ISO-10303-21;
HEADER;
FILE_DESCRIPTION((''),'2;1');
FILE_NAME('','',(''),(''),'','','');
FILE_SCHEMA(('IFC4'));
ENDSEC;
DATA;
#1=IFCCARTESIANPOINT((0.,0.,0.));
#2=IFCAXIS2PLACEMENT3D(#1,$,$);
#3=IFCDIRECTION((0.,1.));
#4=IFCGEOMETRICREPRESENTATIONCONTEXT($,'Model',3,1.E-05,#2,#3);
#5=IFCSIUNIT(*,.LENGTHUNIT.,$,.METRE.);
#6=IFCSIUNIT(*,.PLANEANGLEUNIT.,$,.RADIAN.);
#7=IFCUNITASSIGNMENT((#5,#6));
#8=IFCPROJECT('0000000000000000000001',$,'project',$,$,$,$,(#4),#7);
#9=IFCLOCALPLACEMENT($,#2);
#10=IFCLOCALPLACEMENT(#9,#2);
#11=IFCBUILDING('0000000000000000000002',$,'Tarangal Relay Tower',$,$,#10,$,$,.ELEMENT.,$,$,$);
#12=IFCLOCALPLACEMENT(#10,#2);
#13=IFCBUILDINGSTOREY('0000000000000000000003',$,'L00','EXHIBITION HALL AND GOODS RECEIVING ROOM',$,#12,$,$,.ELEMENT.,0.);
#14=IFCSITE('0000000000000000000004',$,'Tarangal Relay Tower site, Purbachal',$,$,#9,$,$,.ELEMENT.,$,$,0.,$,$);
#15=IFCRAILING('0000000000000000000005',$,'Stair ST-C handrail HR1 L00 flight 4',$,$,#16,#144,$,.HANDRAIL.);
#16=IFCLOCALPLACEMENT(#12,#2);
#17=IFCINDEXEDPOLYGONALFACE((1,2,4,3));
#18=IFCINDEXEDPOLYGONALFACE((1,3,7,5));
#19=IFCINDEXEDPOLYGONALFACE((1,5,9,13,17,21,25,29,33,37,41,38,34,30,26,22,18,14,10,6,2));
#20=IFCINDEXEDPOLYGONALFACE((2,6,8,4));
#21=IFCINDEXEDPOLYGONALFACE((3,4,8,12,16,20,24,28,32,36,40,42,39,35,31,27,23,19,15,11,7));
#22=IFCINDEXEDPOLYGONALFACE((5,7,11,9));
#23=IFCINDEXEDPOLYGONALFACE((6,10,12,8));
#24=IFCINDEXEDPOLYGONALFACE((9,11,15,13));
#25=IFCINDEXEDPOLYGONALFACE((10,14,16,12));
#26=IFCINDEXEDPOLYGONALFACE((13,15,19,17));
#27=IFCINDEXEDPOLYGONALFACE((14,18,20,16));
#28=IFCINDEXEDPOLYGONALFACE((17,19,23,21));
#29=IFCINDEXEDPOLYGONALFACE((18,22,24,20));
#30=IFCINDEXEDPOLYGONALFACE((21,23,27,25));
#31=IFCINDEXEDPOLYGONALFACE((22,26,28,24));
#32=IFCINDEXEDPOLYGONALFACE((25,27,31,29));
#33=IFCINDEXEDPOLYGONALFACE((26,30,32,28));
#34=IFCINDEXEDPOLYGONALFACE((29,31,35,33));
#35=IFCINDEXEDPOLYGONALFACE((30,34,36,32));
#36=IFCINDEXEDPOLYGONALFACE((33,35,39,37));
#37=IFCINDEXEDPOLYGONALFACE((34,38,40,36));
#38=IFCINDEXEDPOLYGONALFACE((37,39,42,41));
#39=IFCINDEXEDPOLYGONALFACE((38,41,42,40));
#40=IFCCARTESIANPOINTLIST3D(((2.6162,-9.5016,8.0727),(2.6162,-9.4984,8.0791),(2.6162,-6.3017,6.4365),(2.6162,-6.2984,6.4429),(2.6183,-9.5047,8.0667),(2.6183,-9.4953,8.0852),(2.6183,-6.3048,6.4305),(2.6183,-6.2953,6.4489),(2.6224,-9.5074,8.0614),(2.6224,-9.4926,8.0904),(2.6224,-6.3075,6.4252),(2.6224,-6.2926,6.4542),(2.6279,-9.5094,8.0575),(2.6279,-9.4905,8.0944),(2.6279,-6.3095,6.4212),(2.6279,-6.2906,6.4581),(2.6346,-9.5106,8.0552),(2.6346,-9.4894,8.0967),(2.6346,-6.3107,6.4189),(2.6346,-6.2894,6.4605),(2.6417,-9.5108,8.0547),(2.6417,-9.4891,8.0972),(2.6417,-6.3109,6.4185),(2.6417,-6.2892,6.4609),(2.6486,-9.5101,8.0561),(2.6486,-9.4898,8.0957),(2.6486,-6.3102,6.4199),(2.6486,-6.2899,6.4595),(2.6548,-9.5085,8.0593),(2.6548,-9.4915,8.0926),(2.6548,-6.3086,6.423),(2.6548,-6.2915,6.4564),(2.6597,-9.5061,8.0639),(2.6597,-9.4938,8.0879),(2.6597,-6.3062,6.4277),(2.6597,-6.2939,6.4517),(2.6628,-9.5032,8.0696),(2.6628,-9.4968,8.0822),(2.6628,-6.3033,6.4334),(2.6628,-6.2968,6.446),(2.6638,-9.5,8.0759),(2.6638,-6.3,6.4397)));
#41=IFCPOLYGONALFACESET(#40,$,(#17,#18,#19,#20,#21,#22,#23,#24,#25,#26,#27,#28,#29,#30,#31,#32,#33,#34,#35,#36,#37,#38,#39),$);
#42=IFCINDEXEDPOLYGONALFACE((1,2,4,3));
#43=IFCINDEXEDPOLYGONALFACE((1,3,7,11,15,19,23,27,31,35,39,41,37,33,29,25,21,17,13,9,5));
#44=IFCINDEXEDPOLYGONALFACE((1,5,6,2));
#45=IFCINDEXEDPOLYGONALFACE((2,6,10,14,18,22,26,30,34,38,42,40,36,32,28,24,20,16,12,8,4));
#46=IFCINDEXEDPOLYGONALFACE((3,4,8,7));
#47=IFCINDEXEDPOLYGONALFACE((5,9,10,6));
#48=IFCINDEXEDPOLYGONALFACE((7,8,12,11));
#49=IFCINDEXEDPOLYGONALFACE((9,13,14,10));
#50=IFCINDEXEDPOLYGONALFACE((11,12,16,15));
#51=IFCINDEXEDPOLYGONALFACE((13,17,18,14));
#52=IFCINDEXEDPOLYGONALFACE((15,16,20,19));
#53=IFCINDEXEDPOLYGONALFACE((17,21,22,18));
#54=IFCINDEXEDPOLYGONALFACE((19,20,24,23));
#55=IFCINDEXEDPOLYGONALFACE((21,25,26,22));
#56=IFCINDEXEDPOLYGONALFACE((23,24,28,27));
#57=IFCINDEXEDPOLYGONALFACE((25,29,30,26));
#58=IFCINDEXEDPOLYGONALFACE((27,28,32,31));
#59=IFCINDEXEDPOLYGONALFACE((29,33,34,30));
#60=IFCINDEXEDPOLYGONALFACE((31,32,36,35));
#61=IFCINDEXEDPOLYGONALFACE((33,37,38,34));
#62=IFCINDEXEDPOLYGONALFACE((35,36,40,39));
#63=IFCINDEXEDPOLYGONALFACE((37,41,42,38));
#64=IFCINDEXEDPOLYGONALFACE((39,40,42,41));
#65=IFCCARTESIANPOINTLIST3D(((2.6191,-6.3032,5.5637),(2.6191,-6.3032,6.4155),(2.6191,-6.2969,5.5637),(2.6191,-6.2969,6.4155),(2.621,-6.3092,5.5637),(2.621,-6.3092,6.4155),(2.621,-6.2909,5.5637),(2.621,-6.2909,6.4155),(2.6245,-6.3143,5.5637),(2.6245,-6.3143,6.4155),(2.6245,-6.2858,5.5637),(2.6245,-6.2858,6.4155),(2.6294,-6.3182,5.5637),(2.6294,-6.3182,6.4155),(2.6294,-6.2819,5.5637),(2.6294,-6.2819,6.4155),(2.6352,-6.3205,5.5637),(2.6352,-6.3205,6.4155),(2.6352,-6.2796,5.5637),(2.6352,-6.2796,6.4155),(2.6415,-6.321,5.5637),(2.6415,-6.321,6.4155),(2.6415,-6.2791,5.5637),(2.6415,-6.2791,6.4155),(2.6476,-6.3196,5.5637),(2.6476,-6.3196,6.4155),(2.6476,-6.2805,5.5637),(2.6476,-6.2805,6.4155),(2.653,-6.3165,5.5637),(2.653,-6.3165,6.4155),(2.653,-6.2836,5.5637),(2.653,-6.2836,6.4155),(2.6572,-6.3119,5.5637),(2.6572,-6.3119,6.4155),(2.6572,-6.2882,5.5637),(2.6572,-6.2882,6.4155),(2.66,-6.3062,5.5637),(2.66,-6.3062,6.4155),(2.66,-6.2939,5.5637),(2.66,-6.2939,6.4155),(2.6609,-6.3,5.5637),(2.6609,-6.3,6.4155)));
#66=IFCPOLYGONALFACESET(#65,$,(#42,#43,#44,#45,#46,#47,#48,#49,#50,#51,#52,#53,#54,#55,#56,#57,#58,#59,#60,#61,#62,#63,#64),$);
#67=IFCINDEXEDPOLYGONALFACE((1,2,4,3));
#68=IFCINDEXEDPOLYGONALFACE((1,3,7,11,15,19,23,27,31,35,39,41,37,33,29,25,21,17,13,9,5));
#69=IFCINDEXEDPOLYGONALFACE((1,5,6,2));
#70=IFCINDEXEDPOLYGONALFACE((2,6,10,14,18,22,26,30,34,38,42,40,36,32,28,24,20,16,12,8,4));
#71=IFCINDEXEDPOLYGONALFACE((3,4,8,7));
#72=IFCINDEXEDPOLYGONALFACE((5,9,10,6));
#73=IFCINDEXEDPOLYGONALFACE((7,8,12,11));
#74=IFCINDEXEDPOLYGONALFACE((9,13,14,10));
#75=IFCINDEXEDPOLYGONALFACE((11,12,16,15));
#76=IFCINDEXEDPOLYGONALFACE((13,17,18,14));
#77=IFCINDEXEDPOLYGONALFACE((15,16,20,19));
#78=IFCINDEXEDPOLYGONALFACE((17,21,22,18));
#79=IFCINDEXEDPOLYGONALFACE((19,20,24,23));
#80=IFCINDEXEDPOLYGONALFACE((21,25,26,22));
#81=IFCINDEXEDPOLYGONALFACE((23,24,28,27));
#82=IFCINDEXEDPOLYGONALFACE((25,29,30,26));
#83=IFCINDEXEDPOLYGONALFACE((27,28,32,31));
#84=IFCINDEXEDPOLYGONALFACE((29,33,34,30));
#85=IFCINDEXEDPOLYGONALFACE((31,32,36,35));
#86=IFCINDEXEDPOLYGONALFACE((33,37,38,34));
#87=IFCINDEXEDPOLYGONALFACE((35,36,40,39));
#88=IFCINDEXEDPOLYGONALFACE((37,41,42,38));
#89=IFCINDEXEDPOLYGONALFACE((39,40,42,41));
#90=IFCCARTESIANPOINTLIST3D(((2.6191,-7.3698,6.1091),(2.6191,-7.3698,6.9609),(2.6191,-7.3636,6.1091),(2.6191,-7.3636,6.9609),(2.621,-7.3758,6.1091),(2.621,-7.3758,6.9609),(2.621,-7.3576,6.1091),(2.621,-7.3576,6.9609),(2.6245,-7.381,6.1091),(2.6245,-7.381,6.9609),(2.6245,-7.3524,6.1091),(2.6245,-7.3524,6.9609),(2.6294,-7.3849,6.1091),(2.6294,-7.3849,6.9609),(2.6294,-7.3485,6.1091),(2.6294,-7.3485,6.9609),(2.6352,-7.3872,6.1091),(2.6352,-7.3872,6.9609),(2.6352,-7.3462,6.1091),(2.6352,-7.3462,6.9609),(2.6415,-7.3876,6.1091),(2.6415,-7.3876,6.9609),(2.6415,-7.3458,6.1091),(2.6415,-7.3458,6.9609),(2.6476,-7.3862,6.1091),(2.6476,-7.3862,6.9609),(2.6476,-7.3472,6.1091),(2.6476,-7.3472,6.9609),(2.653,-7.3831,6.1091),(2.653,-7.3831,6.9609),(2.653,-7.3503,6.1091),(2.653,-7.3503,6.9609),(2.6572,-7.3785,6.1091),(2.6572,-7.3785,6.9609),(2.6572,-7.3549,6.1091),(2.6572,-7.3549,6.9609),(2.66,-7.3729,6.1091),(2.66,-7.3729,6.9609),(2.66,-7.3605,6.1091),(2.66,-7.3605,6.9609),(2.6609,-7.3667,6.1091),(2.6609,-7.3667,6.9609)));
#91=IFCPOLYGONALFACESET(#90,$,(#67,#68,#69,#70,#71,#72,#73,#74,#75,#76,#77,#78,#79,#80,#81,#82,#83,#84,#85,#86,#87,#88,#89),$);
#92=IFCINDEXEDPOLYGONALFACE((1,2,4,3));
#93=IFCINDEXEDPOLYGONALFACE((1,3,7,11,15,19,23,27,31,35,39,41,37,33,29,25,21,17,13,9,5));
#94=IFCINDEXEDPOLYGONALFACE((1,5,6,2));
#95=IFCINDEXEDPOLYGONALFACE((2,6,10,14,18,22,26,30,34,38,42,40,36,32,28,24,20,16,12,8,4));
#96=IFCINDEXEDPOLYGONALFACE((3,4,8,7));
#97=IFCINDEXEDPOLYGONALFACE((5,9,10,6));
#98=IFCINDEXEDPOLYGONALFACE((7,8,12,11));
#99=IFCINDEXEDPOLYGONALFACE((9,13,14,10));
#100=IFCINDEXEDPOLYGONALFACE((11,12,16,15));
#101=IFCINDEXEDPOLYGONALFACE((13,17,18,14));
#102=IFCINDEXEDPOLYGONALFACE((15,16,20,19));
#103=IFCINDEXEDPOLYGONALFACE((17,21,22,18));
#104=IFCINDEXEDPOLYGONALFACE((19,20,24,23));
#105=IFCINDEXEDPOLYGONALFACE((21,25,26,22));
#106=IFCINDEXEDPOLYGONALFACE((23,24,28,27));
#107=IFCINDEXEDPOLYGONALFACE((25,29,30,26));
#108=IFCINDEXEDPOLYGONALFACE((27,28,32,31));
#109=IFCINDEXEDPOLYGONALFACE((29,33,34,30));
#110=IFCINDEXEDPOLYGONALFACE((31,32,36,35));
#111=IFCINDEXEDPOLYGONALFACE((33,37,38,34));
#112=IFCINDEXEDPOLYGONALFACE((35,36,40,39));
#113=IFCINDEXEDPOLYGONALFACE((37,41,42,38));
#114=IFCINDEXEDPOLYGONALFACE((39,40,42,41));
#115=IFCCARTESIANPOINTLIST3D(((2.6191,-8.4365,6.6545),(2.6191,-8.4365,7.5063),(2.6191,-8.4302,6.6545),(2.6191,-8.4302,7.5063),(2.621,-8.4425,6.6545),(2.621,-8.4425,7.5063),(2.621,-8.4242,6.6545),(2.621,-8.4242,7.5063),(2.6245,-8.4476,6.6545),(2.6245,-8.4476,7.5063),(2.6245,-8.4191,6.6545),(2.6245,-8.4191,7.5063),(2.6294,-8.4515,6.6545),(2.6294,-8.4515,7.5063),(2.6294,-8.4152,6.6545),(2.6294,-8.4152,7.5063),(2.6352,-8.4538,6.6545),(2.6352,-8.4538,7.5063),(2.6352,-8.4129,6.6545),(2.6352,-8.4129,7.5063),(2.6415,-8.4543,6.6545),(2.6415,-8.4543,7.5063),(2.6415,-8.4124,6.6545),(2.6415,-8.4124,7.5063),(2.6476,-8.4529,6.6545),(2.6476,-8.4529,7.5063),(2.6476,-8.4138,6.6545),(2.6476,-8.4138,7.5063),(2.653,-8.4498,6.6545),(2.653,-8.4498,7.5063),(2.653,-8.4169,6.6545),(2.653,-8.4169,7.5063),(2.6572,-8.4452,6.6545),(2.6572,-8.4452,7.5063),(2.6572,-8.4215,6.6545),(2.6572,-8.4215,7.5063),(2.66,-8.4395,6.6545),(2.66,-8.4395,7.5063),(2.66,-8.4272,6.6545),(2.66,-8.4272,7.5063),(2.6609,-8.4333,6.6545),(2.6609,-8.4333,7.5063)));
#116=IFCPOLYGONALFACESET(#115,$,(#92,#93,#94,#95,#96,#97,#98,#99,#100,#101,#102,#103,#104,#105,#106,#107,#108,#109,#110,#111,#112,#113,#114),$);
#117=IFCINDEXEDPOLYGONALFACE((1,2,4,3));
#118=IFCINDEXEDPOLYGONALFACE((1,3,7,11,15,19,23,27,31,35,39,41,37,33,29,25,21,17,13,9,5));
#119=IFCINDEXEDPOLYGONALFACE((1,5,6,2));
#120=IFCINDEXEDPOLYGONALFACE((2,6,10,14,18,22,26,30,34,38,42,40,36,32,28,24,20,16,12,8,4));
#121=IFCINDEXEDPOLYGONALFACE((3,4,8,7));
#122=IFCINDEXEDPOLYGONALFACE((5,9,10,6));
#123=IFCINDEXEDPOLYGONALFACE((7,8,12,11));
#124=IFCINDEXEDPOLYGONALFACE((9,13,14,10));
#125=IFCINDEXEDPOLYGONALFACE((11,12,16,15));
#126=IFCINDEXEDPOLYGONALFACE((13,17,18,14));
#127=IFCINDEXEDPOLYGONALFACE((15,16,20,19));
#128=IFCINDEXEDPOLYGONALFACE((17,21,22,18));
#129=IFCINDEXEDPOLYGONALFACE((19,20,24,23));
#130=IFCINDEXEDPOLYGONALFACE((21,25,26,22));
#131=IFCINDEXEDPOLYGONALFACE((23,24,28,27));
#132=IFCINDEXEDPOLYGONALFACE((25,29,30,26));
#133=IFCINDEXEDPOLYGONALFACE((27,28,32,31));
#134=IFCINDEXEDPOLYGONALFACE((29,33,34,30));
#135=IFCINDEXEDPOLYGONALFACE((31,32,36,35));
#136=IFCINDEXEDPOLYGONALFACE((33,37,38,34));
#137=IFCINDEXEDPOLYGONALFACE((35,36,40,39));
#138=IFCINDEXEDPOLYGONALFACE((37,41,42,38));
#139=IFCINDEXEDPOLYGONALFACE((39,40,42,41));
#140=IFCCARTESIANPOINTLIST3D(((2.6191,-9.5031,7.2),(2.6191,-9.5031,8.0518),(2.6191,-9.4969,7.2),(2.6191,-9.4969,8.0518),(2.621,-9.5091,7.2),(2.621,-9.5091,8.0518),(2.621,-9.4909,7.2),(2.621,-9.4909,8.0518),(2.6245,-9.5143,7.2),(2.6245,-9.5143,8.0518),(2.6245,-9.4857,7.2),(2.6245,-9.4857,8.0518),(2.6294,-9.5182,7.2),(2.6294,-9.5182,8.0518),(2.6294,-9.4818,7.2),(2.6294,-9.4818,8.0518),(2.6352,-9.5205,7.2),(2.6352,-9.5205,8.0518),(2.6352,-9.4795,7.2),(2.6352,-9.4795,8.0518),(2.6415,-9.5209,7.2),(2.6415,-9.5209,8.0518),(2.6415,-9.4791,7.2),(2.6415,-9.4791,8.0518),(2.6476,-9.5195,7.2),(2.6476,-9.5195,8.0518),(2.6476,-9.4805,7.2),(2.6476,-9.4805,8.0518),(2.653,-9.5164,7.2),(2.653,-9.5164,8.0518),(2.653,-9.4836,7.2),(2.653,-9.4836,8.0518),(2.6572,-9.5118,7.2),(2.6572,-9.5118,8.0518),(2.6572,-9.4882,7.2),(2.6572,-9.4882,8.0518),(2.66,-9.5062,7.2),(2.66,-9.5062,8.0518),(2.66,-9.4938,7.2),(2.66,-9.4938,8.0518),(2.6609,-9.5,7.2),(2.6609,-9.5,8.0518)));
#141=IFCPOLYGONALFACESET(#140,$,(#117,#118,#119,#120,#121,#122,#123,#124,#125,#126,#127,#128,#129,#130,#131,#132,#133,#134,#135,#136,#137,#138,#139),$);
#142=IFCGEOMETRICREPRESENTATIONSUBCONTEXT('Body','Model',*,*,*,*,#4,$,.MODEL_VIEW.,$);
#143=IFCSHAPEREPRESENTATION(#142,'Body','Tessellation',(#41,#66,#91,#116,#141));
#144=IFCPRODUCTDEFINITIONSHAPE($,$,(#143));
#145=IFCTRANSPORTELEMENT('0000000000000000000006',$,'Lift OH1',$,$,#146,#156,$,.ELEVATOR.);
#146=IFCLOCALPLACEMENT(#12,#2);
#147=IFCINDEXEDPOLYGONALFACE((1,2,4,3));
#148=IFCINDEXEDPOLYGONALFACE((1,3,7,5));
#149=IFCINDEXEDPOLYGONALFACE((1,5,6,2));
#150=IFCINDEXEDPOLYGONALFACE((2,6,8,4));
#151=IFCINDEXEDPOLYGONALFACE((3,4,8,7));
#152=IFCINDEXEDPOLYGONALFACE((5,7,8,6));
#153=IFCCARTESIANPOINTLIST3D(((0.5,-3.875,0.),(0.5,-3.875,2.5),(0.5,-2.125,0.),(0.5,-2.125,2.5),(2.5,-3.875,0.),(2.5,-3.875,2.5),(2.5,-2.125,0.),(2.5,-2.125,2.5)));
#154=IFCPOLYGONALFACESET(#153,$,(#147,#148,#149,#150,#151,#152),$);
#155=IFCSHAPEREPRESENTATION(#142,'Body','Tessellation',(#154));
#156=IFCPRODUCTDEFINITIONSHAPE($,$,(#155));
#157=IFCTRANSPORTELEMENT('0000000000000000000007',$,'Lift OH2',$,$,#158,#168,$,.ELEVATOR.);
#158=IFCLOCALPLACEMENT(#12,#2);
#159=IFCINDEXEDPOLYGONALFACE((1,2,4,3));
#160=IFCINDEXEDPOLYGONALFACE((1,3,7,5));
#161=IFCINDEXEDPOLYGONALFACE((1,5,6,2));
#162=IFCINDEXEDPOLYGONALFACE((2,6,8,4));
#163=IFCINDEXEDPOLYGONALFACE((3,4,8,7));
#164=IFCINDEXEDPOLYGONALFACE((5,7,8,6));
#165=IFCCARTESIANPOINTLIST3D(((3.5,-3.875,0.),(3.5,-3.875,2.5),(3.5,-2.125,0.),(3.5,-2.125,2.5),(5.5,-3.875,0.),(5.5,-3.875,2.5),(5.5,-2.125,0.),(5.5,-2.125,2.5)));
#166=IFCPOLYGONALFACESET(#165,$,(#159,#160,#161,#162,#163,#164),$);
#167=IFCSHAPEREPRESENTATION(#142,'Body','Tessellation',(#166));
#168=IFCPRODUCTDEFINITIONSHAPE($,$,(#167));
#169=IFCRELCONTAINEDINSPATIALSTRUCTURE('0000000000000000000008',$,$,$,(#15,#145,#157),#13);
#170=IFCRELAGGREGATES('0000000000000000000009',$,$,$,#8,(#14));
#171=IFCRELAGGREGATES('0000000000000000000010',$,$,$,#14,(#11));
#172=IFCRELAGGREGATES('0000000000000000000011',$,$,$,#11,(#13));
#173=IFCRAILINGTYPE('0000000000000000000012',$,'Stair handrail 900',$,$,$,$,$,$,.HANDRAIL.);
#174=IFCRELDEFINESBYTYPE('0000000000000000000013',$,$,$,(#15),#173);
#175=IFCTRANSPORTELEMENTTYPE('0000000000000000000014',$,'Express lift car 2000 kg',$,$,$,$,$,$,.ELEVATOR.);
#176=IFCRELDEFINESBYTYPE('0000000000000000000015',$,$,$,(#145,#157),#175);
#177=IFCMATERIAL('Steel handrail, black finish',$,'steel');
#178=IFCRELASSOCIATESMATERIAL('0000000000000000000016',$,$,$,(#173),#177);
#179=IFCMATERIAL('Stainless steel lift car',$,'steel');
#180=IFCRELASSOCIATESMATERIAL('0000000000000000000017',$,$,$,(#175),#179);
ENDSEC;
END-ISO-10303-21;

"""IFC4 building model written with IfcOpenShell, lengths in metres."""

from ifc_helpers import new_model, si_unit, direction, frame, origin, origin_2d, place, context, subcontext, project, spatial, rectangle, circle, extrude, material, type_object, element, save


model = new_model("IFC4")

# Units and contexts
model_context = context("Model", 3, precision=1e-05, world=origin(), true_north=direction((0.0, 1.0)))
body_context = subcontext(model_context, "Body", "Model", "MODEL_VIEW")
ifc_project = project(units=[si_unit("LENGTHUNIT", "METRE"), si_unit("PLANEANGLEUNIT", "RADIAN")], contexts=[model_context])

# Site, building, storey
site_placement = place(None, origin())
site = spatial("IfcSite", under=ifc_project, at=site_placement, Name="Tarangal Relay Tower site, Purbachal", CompositionType="ELEMENT", RefElevation=0.0)
building_placement = place(site_placement, origin())
building = spatial("IfcBuilding", under=site, at=building_placement, Name="Tarangal Relay Tower", CompositionType="ELEMENT")
storey_placement = place(building_placement, origin())
storey = spatial("IfcBuildingStorey", under=building, at=storey_placement, Name="L00", Description="EXHIBITION HALL AND GOODS RECEIVING ROOM", CompositionType="ELEMENT", Elevation=0.0)

# Railing
ifc_material_1 = material(Name="Steel handrail, black finish", Category="steel")
railing_type = type_object("IfcRailingType", Name="Stair handrail 900", PredefinedType="HANDRAIL", material=ifc_material_1)
railing_1_placement = place(storey_placement, frame((2.6399, -6.3, 5.5637)))
element("IfcRailing", 1, at=railing_1_placement, inside=storey, type_object=railing_type, Name="Stair ST-C handrail HR1 L00 flight 4", PredefinedType="HANDRAIL", context=body_context, shape_type="SweptSolid", body=[
    extrude(circle(Radius=0.0239, at=origin_2d()), frame((0.0, 0.0, 0.876), z_axis=(0.0, -0.890356, 0.455265), x_axis=(1.0, 0.0, 0.0)), (0.0, 0.0, 1.0), 3.594),
    extrude(circle(Radius=0.021, at=origin_2d()), origin(), (0.0, 0.0, 1.0), 0.8518),
    extrude(circle(Radius=0.021, at=origin_2d()), frame((0.0, -1.0667, 0.5454)), (0.0, 0.0, 1.0), 0.8518),
    extrude(circle(Radius=0.021, at=origin_2d()), frame((0.0, -2.1333, 1.0908)), (0.0, 0.0, 1.0), 0.8518),
    extrude(circle(Radius=0.021, at=origin_2d()), frame((0.0, -3.2, 1.6362)), (0.0, 0.0, 1.0), 0.8518),
])

# Transport elements
ifc_material_2 = material(Name="Stainless steel lift car", Category="steel")
transport_element_type = type_object("IfcTransportElementType", Name="Express lift car 2000 kg", PredefinedType="ELEVATOR", material=ifc_material_2)
for number, where, z_axis, x_axis, name in (
    (2, (1.5, -3.0, 0.0), (0.0, 0.0, 1.0), (1.0, 0.0, 0.0), "Lift OH1"),
    (3, (4.5, -3.0, 0.0), (0.0, 0.0, 1.0), (1.0, 0.0, 0.0), "Lift OH2"),
):
    element("IfcTransportElement", number, at=place(storey_placement, frame(where, z_axis=z_axis, x_axis=x_axis)), inside=storey, type_object=transport_element_type, Name=name, PredefinedType="ELEVATOR", context=body_context, shape_type="SweptSolid", body=[
        extrude(rectangle(XDim=2.0, YDim=1.75, at=origin_2d()), origin(), (0.0, 0.0, 1.0), 2.5),
    ])

save(model, "model.ifc")
